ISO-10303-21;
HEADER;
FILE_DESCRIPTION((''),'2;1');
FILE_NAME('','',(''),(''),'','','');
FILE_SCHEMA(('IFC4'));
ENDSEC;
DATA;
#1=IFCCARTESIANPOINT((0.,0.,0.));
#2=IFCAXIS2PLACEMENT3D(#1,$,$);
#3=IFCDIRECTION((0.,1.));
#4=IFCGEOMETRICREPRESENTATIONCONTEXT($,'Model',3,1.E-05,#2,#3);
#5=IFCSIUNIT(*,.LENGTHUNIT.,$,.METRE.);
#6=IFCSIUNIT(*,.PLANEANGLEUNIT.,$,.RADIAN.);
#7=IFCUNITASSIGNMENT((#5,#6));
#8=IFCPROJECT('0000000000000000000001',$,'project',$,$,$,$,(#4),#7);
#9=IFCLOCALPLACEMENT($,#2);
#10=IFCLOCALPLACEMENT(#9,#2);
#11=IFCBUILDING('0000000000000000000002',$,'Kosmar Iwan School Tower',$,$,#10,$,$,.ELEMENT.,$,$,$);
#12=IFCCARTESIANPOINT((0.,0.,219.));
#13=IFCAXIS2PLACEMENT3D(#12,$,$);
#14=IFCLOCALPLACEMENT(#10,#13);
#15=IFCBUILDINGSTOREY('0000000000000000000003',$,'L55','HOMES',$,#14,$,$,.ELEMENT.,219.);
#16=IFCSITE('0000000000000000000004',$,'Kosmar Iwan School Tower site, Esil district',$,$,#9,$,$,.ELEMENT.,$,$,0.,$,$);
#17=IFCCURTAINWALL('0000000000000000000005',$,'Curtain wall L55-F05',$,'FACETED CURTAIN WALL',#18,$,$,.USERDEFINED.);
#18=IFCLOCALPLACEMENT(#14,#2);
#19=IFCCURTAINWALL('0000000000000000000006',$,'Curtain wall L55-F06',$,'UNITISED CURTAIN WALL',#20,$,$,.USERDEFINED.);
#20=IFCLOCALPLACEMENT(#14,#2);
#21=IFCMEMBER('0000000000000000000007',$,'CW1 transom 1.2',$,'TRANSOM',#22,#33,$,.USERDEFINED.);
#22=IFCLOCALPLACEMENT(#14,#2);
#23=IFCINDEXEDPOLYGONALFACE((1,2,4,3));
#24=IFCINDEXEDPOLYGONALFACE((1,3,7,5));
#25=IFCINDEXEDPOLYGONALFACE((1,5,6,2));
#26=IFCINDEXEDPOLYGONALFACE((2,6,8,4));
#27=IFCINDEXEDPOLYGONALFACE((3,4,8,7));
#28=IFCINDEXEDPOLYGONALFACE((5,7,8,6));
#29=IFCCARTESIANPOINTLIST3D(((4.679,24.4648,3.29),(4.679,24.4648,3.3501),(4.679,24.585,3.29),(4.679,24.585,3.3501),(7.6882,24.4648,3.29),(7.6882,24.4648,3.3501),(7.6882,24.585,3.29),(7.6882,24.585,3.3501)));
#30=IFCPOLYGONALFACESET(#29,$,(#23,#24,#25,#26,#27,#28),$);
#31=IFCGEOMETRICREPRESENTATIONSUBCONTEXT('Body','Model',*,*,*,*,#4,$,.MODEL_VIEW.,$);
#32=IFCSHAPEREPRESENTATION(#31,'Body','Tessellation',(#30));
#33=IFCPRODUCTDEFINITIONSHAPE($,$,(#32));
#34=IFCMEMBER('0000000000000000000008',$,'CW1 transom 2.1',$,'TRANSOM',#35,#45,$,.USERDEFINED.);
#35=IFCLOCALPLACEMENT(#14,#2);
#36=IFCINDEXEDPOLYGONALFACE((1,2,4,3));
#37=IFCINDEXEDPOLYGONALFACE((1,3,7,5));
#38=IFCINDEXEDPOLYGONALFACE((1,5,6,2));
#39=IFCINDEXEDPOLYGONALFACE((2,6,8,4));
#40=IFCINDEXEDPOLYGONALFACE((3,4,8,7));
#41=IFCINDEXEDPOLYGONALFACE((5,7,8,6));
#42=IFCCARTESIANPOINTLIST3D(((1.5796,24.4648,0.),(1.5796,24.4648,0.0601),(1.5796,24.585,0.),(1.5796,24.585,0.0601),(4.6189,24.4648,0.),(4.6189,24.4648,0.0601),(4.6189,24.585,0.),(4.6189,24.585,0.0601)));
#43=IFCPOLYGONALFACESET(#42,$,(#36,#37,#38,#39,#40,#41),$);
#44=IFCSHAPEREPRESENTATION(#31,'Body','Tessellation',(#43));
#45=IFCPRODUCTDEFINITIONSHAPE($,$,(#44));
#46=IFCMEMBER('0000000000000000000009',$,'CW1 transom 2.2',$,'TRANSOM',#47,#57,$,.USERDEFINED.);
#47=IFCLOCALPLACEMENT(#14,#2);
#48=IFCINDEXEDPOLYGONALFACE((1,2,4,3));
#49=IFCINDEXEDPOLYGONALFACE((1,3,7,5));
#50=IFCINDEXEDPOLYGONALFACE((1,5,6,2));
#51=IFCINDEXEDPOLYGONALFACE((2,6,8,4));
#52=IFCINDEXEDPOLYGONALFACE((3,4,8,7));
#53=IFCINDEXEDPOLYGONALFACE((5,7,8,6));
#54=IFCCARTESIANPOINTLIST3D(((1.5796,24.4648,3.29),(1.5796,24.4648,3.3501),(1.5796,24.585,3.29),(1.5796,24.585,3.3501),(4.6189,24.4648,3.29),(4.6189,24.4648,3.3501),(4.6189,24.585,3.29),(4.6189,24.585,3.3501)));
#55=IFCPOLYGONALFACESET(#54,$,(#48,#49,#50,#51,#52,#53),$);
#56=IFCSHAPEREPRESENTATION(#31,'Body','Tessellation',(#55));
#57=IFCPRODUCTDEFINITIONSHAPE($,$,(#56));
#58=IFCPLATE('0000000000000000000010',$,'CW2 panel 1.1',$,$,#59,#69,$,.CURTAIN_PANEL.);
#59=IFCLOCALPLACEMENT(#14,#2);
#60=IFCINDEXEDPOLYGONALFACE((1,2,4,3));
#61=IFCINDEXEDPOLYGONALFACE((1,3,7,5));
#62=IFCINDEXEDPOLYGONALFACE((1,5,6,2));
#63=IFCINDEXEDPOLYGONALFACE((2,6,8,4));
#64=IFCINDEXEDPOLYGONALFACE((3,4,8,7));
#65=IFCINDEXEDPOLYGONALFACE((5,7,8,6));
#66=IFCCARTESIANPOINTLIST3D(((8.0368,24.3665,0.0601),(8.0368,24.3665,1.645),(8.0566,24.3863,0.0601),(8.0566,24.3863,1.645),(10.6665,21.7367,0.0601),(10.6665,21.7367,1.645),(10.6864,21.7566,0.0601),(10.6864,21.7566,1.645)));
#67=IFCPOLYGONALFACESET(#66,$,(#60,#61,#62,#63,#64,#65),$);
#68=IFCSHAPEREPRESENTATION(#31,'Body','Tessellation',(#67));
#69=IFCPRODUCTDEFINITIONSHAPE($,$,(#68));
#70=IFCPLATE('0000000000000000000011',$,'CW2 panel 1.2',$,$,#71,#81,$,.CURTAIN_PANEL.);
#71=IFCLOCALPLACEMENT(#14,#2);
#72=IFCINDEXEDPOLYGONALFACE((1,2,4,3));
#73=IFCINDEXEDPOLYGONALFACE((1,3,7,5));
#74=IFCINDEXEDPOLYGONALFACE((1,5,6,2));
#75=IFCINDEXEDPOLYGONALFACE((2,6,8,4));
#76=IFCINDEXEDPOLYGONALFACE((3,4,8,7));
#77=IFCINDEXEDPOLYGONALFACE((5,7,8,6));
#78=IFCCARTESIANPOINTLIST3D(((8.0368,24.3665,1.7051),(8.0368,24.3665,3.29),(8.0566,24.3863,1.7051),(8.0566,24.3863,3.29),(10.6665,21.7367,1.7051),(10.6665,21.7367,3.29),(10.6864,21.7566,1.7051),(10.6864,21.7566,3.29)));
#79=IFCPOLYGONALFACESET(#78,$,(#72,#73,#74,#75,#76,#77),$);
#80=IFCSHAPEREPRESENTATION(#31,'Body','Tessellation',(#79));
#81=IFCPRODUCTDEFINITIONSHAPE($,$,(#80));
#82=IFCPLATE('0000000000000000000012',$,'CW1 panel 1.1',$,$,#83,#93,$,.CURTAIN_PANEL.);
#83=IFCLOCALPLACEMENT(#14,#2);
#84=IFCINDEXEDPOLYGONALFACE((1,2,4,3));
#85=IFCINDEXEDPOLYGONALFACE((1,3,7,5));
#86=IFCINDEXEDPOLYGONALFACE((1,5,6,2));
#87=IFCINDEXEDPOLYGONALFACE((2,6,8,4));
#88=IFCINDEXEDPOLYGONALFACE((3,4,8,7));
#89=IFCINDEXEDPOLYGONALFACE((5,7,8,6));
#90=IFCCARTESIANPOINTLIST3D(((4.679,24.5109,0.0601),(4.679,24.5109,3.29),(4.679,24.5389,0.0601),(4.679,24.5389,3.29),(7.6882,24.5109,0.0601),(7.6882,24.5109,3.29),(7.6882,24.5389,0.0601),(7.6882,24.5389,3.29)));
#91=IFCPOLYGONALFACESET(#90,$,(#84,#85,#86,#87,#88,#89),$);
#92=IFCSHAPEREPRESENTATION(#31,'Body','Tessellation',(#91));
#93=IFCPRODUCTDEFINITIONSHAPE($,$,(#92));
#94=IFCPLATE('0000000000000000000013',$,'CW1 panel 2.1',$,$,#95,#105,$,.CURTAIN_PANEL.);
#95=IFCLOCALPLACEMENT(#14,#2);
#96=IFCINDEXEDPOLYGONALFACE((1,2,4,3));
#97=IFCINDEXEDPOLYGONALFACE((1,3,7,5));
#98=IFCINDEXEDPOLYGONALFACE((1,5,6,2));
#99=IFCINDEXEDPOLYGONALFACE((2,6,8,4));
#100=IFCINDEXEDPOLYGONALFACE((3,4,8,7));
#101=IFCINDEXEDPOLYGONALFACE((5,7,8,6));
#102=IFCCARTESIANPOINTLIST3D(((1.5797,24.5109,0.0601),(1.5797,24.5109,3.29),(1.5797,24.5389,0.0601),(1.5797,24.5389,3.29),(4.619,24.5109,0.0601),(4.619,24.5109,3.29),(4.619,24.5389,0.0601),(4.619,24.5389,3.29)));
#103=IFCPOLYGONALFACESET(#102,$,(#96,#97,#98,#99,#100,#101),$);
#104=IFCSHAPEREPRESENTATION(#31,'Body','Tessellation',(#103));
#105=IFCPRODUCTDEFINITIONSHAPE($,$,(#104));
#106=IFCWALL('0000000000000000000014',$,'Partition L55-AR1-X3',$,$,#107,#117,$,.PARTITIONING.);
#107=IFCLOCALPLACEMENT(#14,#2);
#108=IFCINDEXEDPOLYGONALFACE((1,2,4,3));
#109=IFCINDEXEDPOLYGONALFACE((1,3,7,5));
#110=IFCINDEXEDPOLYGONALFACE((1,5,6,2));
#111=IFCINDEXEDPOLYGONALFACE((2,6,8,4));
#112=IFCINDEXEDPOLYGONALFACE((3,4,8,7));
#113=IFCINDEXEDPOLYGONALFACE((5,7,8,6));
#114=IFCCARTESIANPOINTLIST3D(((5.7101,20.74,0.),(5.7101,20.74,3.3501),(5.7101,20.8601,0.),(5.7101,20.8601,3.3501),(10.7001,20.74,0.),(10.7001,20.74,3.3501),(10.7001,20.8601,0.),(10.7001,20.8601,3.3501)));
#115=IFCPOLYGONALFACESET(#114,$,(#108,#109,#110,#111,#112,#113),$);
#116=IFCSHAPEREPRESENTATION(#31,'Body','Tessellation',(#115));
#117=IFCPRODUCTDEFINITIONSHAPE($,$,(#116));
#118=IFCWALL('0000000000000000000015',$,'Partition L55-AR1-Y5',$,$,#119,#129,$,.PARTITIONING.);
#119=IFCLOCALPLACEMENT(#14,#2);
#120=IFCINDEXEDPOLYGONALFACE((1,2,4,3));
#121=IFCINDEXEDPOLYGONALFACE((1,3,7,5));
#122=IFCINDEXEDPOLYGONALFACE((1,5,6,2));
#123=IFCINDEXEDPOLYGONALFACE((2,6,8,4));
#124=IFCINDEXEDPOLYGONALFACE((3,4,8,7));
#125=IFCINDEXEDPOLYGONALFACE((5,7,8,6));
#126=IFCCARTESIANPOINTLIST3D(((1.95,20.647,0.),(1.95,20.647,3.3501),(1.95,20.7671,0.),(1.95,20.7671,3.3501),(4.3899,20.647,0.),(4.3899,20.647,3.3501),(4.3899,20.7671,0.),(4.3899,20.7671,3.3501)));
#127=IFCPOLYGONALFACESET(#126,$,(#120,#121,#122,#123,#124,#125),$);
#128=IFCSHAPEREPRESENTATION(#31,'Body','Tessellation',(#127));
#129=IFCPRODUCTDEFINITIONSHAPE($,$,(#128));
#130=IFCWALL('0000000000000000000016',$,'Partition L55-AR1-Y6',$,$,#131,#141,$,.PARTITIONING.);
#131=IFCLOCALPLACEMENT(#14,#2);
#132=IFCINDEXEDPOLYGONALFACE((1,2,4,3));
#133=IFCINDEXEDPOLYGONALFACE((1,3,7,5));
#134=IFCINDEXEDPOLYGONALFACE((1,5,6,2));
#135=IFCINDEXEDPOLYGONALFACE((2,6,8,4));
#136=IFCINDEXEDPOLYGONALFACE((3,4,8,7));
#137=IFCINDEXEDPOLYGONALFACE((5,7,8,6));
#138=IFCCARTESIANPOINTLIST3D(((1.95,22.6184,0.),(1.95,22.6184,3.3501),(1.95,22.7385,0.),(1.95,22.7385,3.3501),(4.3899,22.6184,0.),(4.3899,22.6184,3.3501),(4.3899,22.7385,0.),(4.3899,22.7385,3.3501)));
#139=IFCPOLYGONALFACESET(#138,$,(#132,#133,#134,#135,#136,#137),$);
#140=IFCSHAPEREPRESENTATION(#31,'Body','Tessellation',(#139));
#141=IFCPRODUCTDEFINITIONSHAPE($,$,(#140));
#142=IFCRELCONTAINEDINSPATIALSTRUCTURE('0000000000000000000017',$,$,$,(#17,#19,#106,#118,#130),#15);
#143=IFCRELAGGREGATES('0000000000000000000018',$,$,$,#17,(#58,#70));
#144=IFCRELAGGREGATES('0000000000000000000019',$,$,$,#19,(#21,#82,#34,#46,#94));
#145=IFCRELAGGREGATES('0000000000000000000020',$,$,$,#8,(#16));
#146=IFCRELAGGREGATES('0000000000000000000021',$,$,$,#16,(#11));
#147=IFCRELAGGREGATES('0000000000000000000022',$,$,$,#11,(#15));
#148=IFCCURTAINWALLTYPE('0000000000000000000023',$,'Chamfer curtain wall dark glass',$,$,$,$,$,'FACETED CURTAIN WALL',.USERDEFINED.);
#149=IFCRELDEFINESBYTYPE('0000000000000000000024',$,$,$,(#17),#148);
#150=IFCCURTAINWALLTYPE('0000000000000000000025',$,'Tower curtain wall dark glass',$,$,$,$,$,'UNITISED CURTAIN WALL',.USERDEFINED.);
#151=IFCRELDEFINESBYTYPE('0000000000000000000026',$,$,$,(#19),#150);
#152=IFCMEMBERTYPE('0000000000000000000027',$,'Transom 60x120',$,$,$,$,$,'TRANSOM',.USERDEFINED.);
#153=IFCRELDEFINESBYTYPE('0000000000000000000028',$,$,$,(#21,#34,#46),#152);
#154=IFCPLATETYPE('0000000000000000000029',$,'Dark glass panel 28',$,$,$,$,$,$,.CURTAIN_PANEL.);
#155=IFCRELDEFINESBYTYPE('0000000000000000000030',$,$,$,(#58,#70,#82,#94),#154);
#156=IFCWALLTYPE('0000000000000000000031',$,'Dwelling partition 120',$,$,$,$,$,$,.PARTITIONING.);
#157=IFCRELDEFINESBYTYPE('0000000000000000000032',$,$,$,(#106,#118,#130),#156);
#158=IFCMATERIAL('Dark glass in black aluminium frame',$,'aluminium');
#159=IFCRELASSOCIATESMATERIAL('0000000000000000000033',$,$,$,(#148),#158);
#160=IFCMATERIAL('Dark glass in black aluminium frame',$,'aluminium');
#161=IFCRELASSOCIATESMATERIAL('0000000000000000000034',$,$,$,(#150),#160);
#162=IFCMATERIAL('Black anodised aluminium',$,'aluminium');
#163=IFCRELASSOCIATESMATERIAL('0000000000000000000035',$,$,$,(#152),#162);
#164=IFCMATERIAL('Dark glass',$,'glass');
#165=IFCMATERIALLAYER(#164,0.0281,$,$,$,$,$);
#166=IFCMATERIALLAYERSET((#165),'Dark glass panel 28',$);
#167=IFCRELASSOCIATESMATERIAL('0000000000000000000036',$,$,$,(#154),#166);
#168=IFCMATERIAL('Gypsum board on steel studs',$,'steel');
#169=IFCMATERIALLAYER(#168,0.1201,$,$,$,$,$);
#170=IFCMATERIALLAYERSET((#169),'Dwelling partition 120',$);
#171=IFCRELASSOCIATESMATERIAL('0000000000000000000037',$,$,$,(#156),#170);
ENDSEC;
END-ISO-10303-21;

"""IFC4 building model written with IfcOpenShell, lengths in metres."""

from ifc_helpers import new_model, si_unit, direction, frame, frame_2d, origin, origin_2d, place, context, subcontext, project, spatial, rectangle, extrude, material, layer, layer_set, material_profile, profile_set, type_object, element, aggregate, save


model = new_model("IFC4")

# Units and contexts
model_context = context("Model", 3, precision=1e-05, world=origin(), true_north=direction((0.0, 1.0)))
body_context = subcontext(model_context, "Body", "Model", "MODEL_VIEW")
ifc_project = project(units=[si_unit("LENGTHUNIT", "METRE"), si_unit("PLANEANGLEUNIT", "RADIAN")], contexts=[model_context])

# Site, building, storey
site_placement = place(None, origin())
site = spatial("IfcSite", under=ifc_project, at=site_placement, Name="Kosmar Iwan School Tower site, Esil district", CompositionType="ELEMENT", RefElevation=0.0)
building_placement = place(site_placement, origin())
building = spatial("IfcBuilding", under=site, at=building_placement, Name="Kosmar Iwan School Tower", CompositionType="ELEMENT")
storey_placement = place(building_placement, frame((0.0, 0.0, 219.0)))
storey = spatial("IfcBuildingStorey", under=building, at=storey_placement, Name="L55", Description="HOMES", CompositionType="ELEMENT", Elevation=219.0)

# Curtain walls
ifc_material_1 = material(Name="Dark glass in black aluminium frame", Category="aluminium")
curtain_wall_type_1 = type_object("IfcCurtainWallType", Name="Chamfer curtain wall dark glass", ElementType="FACETED CURTAIN WALL", PredefinedType="USERDEFINED", material=ifc_material_1)
curtain_wall_1_placement = place(storey_placement, origin())
curtain_wall_1 = element("IfcCurtainWall", 1, at=curtain_wall_1_placement, inside=storey, type_object=curtain_wall_type_1, Name="Curtain wall L55-F05", ObjectType="FACETED CURTAIN WALL", PredefinedType="USERDEFINED")
ifc_material_2 = material(Name="Dark glass in black aluminium frame", Category="aluminium")
curtain_wall_type_2 = type_object("IfcCurtainWallType", Name="Tower curtain wall dark glass", ElementType="UNITISED CURTAIN WALL", PredefinedType="USERDEFINED", material=ifc_material_2)
curtain_wall_2_placement = place(storey_placement, origin())
curtain_wall_2 = element("IfcCurtainWall", 2, at=curtain_wall_2_placement, inside=storey, type_object=curtain_wall_type_2, Name="Curtain wall L55-F06", ObjectType="UNITISED CURTAIN WALL", PredefinedType="USERDEFINED")

# Members
ifc_material_3 = material(Name="Black anodised aluminium", Category="aluminium")
ifc_material_profile_1 = material_profile(ifc_material_3, rectangle(XDim=0.1201, YDim=0.0601, at=origin_2d()), Name="TRANSOM 60x120")
ifc_profile_set_1 = profile_set([ifc_material_profile_1], Name="Black anodised aluminium")
member_type_1 = type_object("IfcMemberType", Name="Transom 60x120", ElementType="TRANSOM", PredefinedType="USERDEFINED", material=ifc_profile_set_1)
member_1_placement = place(storey_placement, frame((7.6882, 24.5249, 3.3201), z_axis=(-1.0, 0.0, 0.0), x_axis=(0.0, -1.0, 0.0)))
member_1 = element("IfcMember", 3, at=member_1_placement, type_object=member_type_1, Name="CW1 transom 1.2", ObjectType="TRANSOM", PredefinedType="USERDEFINED", context=body_context, shape_type="SweptSolid", body=[
    extrude(rectangle(XDim=0.1201, YDim=0.0601, at=origin_2d()), origin(), (0.0, 0.0, 1.0), 3.0093),
])
member_2_placement = place(storey_placement, frame((4.6189, 24.5249, 0.03), z_axis=(-1.0, 0.0, 0.0), x_axis=(0.0, -1.0, 0.0)))
member_2 = element("IfcMember", 4, at=member_2_placement, type_object=member_type_1, Name="CW1 transom 2.1", ObjectType="TRANSOM", PredefinedType="USERDEFINED", context=body_context, shape_type="SweptSolid", body=[
    extrude(rectangle(XDim=0.1201, YDim=0.0601, at=origin_2d()), origin(), (0.0, 0.0, 1.0), 3.0393),
])
member_3_placement = place(storey_placement, frame((4.6189, 24.5249, 3.3201), z_axis=(-1.0, 0.0, 0.0), x_axis=(0.0, -1.0, 0.0)))
member_3 = element("IfcMember", 5, at=member_3_placement, type_object=member_type_1, Name="CW1 transom 2.2", ObjectType="TRANSOM", PredefinedType="USERDEFINED", context=body_context, shape_type="SweptSolid", body=[
    extrude(rectangle(XDim=0.1201, YDim=0.0601, at=origin_2d()), origin(), (0.0, 0.0, 1.0), 3.0393),
])

# Plates
ifc_material_4 = material(Name="Dark glass", Category="glass")
ifc_layer_1 = layer(ifc_material_4, 0.0281)
ifc_layer_set_1 = layer_set([ifc_layer_1], Name="Dark glass panel 28")
plate_type = type_object("IfcPlateType", Name="Dark glass panel 28", PredefinedType="CURTAIN_PANEL", material=ifc_layer_set_1)
plate_1_placement = place(storey_placement, frame((9.3616, 23.0615, 0.0601), z_axis=(0.0, 0.0, 1.0), x_axis=(-0.707107, 0.707107, 0.0)))
plate_1 = element("IfcPlate", 6, at=plate_1_placement, type_object=plate_type, Name="CW2 panel 1.1", PredefinedType="CURTAIN_PANEL", context=body_context, shape_type="SweptSolid", body=[
    extrude(rectangle(XDim=3.719, YDim=0.0281, at=origin_2d()), origin(), (0.0, 0.0, 1.0), 1.585),
])
plate_2_placement = place(storey_placement, frame((9.3616, 23.0615, 1.7051), z_axis=(0.0, 0.0, 1.0), x_axis=(-0.707107, 0.707107, 0.0)))
plate_2 = element("IfcPlate", 7, at=plate_2_placement, type_object=plate_type, Name="CW2 panel 1.2", PredefinedType="CURTAIN_PANEL", context=body_context, shape_type="SweptSolid", body=[
    extrude(rectangle(XDim=3.719, YDim=0.0281, at=origin_2d()), origin(), (0.0, 0.0, 1.0), 1.585),
])
aggregate(curtain_wall_1, [plate_1, plate_2])
plate_3_placement = place(storey_placement, frame((6.1836, 24.5249, 0.0601), z_axis=(0.0, 0.0, 1.0), x_axis=(-1.0, 0.0, 0.0)))
plate_3 = element("IfcPlate", 8, at=plate_3_placement, type_object=plate_type, Name="CW1 panel 1.1", PredefinedType="CURTAIN_PANEL", context=body_context, shape_type="SweptSolid", body=[
    extrude(rectangle(XDim=3.0093, YDim=0.0281, at=origin_2d()), origin(), (0.0, 0.0, 1.0), 3.23),
])
plate_4_placement = place(storey_placement, frame((3.0994, 24.5249, 0.0601), z_axis=(0.0, 0.0, 1.0), x_axis=(-1.0, 0.0, 0.0)))
plate_4 = element("IfcPlate", 9, at=plate_4_placement, type_object=plate_type, Name="CW1 panel 2.1", PredefinedType="CURTAIN_PANEL", context=body_context, shape_type="SweptSolid", body=[
    extrude(rectangle(XDim=3.0393, YDim=0.0281, at=origin_2d()), origin(), (0.0, 0.0, 1.0), 3.23),
])
aggregate(curtain_wall_2, [member_1, plate_3, member_2, member_3, plate_4])

# Walls
ifc_material_5 = material(Name="Gypsum board on steel studs", Category="steel")
ifc_layer_2 = layer(ifc_material_5, 0.1201)
ifc_layer_set_2 = layer_set([ifc_layer_2], Name="Dwelling partition 120")
wall_type = type_object("IfcWallType", Name="Dwelling partition 120", PredefinedType="PARTITIONING", material=ifc_layer_set_2)
wall_placement = place(storey_placement, frame((5.71, 20.8, 0.0), z_axis=(0.0, 0.0, 1.0), x_axis=(1.0, 0.0, 0.0)))
element("IfcWall", 10, at=wall_placement, inside=storey, type_object=wall_type, Name="Partition L55-AR1-X3", PredefinedType="PARTITIONING", context=body_context, shape_type="SweptSolid", body=[
    extrude(rectangle(XDim=4.99, YDim=0.1201, at=frame_2d((2.4951, 0.0))), origin(), (0.0, 0.0, 1.0), 3.3501),
])
for number, where, z_axis, x_axis, name in (
    (11, (1.95, 20.707, 0.0), (0.0, 0.0, 1.0), (1.0, 0.0, 0.0), "Partition L55-AR1-Y5"),
    (12, (1.95, 22.6785, 0.0), (0.0, 0.0, 1.0), (1.0, 0.0, 0.0), "Partition L55-AR1-Y6"),
):
    element("IfcWall", number, at=place(storey_placement, frame(where, z_axis=z_axis, x_axis=x_axis)), inside=storey, type_object=wall_type, Name=name, PredefinedType="PARTITIONING", context=body_context, shape_type="SweptSolid", body=[
        extrude(rectangle(XDim=2.4399, YDim=0.1201, at=frame_2d((1.22, 0.0))), origin(), (0.0, 0.0, 1.0), 3.3501),
    ])

save(model, "model.ifc")
